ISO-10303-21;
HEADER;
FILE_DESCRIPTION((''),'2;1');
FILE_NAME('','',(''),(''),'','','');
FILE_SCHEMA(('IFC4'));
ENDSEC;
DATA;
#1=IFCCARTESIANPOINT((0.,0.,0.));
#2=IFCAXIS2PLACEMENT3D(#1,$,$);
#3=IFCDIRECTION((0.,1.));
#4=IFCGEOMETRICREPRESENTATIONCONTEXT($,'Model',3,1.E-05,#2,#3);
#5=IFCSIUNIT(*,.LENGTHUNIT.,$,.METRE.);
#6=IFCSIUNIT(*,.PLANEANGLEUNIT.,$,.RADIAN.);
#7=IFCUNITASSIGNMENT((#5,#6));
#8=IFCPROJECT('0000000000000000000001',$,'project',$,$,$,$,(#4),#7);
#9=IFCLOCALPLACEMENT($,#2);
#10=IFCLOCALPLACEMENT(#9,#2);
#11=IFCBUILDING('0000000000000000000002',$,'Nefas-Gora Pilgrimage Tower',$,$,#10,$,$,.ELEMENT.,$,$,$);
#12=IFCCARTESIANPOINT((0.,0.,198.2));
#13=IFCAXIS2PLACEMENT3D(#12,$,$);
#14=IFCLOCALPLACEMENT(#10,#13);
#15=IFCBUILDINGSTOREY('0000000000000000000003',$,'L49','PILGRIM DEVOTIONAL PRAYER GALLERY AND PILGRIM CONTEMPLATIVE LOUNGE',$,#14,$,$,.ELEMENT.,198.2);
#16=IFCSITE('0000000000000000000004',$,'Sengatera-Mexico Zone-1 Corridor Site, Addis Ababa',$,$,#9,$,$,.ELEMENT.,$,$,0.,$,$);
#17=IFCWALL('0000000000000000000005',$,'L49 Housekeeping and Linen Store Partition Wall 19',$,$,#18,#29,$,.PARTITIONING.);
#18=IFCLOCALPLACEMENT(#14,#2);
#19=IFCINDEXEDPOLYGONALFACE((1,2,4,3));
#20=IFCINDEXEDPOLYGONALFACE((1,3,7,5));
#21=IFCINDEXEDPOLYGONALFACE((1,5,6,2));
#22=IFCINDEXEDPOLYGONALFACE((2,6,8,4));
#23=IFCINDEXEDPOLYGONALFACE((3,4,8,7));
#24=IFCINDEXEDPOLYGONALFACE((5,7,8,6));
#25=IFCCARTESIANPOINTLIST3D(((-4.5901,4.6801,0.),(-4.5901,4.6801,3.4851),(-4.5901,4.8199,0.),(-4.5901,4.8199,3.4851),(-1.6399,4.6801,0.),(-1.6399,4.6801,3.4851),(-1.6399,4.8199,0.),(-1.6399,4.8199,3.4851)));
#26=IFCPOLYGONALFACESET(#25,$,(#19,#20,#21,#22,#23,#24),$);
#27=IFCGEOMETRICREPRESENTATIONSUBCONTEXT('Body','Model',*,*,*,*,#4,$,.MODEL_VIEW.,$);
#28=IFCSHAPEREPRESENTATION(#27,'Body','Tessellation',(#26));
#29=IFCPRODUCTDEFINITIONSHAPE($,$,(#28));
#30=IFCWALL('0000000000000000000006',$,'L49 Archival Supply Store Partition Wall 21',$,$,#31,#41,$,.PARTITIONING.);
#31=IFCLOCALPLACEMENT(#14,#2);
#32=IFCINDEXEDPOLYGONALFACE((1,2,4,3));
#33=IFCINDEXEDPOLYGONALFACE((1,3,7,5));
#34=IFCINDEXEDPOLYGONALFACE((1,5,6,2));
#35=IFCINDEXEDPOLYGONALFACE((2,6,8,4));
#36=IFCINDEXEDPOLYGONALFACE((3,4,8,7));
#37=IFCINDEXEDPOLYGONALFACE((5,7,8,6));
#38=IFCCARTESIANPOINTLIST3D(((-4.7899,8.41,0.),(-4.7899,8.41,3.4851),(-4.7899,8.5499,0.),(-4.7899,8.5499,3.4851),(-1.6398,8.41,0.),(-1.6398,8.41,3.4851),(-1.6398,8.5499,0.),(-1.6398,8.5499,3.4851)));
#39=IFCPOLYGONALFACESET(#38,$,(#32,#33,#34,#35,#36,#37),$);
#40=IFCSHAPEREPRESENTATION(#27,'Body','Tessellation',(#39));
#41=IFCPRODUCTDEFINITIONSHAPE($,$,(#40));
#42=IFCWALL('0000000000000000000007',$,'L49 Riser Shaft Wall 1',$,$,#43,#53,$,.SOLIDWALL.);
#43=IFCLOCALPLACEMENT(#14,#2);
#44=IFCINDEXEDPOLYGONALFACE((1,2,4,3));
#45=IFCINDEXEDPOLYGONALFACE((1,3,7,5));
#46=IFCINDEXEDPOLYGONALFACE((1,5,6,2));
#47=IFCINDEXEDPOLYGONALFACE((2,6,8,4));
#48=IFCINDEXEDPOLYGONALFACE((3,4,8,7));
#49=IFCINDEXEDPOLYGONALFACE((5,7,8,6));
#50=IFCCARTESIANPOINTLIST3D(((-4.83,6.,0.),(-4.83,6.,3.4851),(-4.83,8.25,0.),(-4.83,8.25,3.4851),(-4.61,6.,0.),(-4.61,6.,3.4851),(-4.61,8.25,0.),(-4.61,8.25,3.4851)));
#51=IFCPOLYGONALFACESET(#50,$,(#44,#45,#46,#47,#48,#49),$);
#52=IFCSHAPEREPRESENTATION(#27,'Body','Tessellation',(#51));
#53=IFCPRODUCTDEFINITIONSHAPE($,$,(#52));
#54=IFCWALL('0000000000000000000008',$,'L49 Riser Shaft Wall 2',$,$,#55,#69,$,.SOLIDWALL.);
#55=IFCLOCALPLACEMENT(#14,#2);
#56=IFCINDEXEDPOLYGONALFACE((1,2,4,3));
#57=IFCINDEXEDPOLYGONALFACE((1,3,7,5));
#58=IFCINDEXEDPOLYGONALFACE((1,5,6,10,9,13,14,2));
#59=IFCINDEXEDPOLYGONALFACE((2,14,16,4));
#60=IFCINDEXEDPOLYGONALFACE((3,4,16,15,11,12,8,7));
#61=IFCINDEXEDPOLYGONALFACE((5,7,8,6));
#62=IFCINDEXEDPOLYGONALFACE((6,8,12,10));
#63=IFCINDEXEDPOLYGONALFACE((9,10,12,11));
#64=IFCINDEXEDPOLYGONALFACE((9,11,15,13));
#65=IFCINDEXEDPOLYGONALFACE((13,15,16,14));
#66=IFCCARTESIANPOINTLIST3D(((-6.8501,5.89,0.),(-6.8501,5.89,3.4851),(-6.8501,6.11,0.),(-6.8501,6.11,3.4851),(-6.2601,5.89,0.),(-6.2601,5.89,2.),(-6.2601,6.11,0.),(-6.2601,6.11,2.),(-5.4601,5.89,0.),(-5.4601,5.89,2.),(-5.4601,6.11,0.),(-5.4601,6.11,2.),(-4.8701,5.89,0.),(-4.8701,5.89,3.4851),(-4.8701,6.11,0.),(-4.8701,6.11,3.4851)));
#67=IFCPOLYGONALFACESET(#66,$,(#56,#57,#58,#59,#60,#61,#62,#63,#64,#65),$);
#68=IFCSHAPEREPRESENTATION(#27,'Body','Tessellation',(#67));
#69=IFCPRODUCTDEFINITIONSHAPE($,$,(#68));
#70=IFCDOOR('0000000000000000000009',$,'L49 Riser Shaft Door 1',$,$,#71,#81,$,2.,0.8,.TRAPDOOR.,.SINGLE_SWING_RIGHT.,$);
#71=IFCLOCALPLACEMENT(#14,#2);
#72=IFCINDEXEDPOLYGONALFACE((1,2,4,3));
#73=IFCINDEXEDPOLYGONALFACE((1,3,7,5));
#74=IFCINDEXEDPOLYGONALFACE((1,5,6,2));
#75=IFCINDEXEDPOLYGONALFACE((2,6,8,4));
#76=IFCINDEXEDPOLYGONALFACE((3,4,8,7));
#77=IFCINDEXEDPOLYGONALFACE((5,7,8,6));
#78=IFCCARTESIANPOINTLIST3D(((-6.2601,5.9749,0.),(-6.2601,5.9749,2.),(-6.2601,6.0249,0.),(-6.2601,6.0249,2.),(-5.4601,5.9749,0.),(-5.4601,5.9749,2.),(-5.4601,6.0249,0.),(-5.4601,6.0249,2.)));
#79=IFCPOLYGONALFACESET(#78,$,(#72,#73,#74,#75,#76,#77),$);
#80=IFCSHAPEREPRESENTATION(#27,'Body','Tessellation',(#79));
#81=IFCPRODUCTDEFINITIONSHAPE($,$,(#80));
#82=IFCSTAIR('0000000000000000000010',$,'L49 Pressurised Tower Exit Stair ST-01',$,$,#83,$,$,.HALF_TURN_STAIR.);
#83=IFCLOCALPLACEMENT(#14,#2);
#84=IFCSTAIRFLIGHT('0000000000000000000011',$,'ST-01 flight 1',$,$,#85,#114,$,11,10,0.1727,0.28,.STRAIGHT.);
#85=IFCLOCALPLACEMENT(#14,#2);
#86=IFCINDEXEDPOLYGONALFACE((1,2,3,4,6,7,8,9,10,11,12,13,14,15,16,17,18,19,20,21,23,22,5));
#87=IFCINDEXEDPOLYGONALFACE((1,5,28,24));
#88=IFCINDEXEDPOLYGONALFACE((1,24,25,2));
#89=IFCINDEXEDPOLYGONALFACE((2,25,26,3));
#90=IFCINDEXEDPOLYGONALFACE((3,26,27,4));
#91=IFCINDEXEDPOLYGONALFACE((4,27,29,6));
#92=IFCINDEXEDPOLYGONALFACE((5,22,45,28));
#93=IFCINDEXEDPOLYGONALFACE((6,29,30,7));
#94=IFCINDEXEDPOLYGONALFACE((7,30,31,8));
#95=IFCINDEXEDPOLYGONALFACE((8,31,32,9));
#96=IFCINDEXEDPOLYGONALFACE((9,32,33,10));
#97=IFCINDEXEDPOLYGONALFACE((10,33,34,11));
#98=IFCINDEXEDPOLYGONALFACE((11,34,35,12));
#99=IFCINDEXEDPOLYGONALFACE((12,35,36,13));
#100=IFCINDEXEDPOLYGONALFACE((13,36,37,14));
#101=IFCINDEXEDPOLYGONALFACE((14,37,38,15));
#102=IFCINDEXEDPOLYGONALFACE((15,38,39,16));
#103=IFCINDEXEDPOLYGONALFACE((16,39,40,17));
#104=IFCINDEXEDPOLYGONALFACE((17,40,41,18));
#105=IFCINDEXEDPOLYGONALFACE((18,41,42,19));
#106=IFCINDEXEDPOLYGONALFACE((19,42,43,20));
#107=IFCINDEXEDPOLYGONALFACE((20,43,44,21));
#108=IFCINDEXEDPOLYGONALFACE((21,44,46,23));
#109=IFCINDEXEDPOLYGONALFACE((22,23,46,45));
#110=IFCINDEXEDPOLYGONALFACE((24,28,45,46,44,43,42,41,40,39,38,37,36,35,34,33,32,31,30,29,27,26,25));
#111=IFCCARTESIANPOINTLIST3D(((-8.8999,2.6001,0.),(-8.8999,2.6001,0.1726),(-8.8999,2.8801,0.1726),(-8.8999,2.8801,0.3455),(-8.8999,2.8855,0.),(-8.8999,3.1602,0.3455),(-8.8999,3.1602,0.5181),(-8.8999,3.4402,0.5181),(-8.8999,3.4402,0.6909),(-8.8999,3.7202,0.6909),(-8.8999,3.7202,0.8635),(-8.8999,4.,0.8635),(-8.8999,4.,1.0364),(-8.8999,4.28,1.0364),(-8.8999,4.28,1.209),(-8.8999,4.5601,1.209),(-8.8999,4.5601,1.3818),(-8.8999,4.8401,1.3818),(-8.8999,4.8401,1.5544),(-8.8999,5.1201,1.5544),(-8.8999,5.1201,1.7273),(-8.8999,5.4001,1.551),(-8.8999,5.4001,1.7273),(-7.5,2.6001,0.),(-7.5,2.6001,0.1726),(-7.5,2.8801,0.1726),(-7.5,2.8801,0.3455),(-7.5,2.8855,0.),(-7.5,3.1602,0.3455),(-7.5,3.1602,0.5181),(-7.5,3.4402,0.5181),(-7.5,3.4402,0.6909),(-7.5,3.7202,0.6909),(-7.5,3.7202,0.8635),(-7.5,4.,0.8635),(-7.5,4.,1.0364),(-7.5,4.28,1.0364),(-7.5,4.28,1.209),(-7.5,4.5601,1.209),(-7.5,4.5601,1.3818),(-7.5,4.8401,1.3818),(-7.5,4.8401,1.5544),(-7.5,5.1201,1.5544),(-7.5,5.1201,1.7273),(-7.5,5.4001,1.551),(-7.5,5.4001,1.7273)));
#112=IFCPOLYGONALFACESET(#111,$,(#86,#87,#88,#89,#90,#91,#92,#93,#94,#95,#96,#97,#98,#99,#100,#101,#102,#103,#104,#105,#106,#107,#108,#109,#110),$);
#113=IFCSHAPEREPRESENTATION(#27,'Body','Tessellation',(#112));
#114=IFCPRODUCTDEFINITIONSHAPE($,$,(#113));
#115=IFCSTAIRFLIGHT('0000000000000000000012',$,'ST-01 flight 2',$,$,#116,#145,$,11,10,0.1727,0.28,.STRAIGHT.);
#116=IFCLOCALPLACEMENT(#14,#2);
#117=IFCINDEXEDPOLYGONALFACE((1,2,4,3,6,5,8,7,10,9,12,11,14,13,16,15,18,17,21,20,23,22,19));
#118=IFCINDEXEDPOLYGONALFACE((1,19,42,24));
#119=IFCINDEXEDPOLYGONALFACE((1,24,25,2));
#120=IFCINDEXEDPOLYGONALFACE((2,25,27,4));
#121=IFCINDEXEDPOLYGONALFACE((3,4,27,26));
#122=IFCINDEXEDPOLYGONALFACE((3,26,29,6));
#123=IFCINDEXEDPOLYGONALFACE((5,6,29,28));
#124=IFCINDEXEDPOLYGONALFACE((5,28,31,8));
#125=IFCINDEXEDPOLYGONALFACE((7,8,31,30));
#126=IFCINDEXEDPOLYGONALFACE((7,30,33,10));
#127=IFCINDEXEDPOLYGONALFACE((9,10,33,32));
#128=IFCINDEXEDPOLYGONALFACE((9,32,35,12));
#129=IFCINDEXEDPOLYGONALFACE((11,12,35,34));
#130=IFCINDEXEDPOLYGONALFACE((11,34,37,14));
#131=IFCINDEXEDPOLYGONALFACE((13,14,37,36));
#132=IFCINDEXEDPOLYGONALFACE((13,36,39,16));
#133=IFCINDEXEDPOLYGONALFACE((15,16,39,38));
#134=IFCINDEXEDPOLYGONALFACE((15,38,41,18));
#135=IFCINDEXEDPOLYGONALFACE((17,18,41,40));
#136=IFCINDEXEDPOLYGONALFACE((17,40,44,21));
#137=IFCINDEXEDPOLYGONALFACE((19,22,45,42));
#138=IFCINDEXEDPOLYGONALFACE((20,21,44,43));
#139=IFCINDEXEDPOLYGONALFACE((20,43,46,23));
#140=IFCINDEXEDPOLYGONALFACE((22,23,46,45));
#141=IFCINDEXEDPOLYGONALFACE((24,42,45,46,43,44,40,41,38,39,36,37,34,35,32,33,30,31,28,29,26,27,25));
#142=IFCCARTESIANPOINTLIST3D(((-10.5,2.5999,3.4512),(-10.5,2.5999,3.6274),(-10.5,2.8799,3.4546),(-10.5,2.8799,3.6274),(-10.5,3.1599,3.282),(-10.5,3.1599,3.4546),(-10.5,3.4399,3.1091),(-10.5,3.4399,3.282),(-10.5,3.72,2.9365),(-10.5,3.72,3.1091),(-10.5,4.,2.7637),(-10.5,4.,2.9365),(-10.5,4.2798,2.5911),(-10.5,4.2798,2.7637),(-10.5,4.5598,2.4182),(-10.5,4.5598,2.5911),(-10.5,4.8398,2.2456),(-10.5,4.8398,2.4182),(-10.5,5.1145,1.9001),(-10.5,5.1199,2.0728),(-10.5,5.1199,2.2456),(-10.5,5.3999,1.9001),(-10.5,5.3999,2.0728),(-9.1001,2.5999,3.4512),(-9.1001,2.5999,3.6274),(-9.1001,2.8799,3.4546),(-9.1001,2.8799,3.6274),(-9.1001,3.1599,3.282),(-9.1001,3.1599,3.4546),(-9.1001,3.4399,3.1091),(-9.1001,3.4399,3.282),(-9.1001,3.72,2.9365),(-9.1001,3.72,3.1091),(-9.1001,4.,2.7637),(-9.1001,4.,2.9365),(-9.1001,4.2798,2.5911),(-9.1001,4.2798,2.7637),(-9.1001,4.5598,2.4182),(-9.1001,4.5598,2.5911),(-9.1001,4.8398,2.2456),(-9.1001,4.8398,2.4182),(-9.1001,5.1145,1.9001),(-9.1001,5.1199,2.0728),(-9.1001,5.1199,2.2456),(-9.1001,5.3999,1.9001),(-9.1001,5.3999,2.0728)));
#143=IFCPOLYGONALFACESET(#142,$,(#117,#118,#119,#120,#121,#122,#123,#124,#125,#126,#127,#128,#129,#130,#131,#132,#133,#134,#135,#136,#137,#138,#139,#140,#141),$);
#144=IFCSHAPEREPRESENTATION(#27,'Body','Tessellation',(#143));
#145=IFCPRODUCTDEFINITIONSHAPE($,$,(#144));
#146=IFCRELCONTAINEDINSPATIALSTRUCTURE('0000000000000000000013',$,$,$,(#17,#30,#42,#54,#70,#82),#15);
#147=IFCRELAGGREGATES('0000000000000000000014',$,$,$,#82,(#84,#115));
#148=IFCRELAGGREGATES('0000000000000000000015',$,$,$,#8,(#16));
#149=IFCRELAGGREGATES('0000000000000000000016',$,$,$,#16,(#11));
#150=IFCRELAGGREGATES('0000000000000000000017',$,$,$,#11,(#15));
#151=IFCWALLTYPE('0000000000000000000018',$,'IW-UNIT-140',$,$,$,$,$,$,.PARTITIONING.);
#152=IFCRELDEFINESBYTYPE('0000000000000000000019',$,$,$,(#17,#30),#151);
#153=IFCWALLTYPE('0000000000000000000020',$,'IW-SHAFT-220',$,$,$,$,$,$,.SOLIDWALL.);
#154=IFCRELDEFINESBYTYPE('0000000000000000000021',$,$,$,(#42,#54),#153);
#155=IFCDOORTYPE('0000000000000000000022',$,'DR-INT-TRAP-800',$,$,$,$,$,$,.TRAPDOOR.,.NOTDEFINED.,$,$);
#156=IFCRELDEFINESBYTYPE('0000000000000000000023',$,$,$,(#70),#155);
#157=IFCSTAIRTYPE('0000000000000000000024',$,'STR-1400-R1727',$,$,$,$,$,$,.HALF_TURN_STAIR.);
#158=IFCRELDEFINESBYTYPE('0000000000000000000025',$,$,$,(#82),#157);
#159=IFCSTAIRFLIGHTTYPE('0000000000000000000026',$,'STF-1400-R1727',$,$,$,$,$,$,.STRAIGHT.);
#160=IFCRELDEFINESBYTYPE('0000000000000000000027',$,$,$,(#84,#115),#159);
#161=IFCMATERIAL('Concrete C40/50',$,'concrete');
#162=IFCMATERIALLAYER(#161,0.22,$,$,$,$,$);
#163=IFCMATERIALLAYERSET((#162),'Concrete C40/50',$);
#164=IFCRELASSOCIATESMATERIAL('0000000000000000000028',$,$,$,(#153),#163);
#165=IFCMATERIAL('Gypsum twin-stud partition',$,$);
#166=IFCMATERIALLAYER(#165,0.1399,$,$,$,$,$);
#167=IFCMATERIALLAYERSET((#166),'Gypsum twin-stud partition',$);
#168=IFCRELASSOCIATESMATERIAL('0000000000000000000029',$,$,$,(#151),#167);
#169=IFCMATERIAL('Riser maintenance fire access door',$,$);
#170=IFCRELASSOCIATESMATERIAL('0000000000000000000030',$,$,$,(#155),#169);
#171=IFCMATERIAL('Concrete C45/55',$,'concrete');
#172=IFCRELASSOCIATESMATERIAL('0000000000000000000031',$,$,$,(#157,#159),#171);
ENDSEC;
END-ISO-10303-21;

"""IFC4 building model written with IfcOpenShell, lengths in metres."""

from ifc_helpers import new_model, si_unit, direction, frame, frame_2d, origin, place, context, subcontext, project, spatial, polyline, rectangle, outline, extrude, source, transform, mapped, material, layer, layer_set, type_object, element, fill, aggregate, save


model = new_model("IFC4")

# Units and contexts
model_context = context("Model", 3, precision=1e-05, world=origin(), true_north=direction((0.0, 1.0)))
body_context = subcontext(model_context, "Body", "Model", "MODEL_VIEW")
ifc_project = project(units=[si_unit("LENGTHUNIT", "METRE"), si_unit("PLANEANGLEUNIT", "RADIAN")], contexts=[model_context])

# Site, building, storey
site_placement = place(None, origin())
site = spatial("IfcSite", under=ifc_project, at=site_placement, Name="Sengatera-Mexico Zone-1 Corridor Site, Addis Ababa", CompositionType="ELEMENT", RefElevation=0.0)
building_placement = place(site_placement, origin())
building = spatial("IfcBuilding", under=site, at=building_placement, Name="Nefas-Gora Pilgrimage Tower", CompositionType="ELEMENT")
storey_placement = place(building_placement, frame((0.0, 0.0, 198.2)))
storey = spatial("IfcBuildingStorey", under=building, at=storey_placement, Name="L49", Description="PILGRIM DEVOTIONAL PRAYER GALLERY AND PILGRIM CONTEMPLATIVE LOUNGE", CompositionType="ELEMENT", Elevation=198.2)

# Shared definitions
ifc_material_1 = material(Name="Concrete C45/55", Category="concrete")

# Shared definitions
ifc_material_2 = material(Name="Concrete C40/50", Category="concrete")
ifc_layer_1 = layer(ifc_material_2, 0.22)
ifc_layer_set_1 = layer_set([ifc_layer_1], Name="Concrete C40/50")
wall_type_1 = type_object("IfcWallType", Name="IW-SHAFT-220", PredefinedType="SOLIDWALL", material=ifc_layer_set_1)

# Walls
ifc_material_3 = material(Name="Gypsum twin-stud partition")
ifc_layer_2 = layer(ifc_material_3, 0.1399)
ifc_layer_set_2 = layer_set([ifc_layer_2], Name="Gypsum twin-stud partition")
wall_type_2 = type_object("IfcWallType", Name="IW-UNIT-140", PredefinedType="PARTITIONING", material=ifc_layer_set_2)
shared_shape_1 = source(origin(), body_context, "Body", "SweptSolid", [
    extrude(rectangle(XDim=2.9502, YDim=0.1399, at=frame_2d((1.4751, 0.0))), origin(), (0.0, 0.0, 1.0), 3.4851),
])
wall_1_placement = place(storey_placement, frame((-4.5901, 4.75, 0.0), z_axis=(0.0, 0.0, 1.0), x_axis=(1.0, 0.0, 0.0)))
element("IfcWall", 1, at=wall_1_placement, inside=storey, type_object=wall_type_2, Name="L49 Housekeeping and Linen Store Partition Wall 19", PredefinedType="PARTITIONING", context=body_context, shape_type="MappedRepresentation", body=[
    mapped(shared_shape_1, transform((0.0, 0.0, 0.0), x_axis=(1.0, 0.0, 0.0), y_axis=(0.0, 1.0, 0.0), z_axis=(0.0, 0.0, 1.0), scale=1.0)),
])
shared_shape_2 = source(origin(), body_context, "Body", "SweptSolid", [
    extrude(rectangle(XDim=3.1501, YDim=0.1399, at=frame_2d((1.5752, 0.0))), origin(), (0.0, 0.0, 1.0), 3.4851),
])
wall_2_placement = place(storey_placement, frame((-4.79, 8.48, 0.0), z_axis=(0.0, 0.0, 1.0), x_axis=(1.0, 0.0, 0.0)))
element("IfcWall", 2, at=wall_2_placement, inside=storey, type_object=wall_type_2, Name="L49 Archival Supply Store Partition Wall 21", PredefinedType="PARTITIONING", context=body_context, shape_type="MappedRepresentation", body=[
    mapped(shared_shape_2, transform((0.0, 0.0, 0.0), x_axis=(1.0, 0.0, 0.0), y_axis=(0.0, 1.0, 0.0), z_axis=(0.0, 0.0, 1.0), scale=1.0)),
])
shared_shape_3 = source(origin(), body_context, "Body", "SweptSolid", [
    extrude(rectangle(XDim=2.25, YDim=0.22, at=frame_2d((1.125, 0.0))), origin(), (0.0, 0.0, 1.0), 3.4851),
])
wall_3_placement = place(storey_placement, frame((-4.72, 6.0, 0.0), z_axis=(0.0, 0.0, 1.0), x_axis=(0.0, 1.0, 0.0)))
element("IfcWall", 3, at=wall_3_placement, inside=storey, type_object=wall_type_1, Name="L49 Riser Shaft Wall 1", PredefinedType="SOLIDWALL", context=body_context, shape_type="MappedRepresentation", body=[
    mapped(shared_shape_3, transform((0.0, 0.0, 0.0), x_axis=(1.0, 0.0, 0.0), y_axis=(0.0, 1.0, 0.0), z_axis=(0.0, 0.0, 1.0), scale=1.0)),
])

# Wall, opening, door
shared_shape_4 = source(origin(), body_context, "Body", "SweptSolid", [
    extrude(rectangle(XDim=1.98, YDim=0.22, at=frame_2d((0.99, 0.0))), origin(), (0.0, 0.0, 1.0), 3.4851),
])
wall_4_placement = place(storey_placement, frame((-6.8501, 6.0, 0.0), z_axis=(0.0, 0.0, 1.0), x_axis=(1.0, 0.0, 0.0)))
wall_4 = element("IfcWall", 4, at=wall_4_placement, inside=storey, type_object=wall_type_1, Name="L49 Riser Shaft Wall 2", PredefinedType="SOLIDWALL", context=body_context, shape_type="MappedRepresentation", body=[
    mapped(shared_shape_4, transform((0.0, 0.0, 0.0), x_axis=(1.0, 0.0, 0.0), y_axis=(0.0, 1.0, 0.0), z_axis=(0.0, 0.0, 1.0), scale=1.0)),
])
opening_1_placement = place(wall_4_placement, frame((0.5901, 0.0, 0.0)))
opening_1 = element("IfcOpeningElement", 5, at=opening_1_placement, cuts=wall_4, PredefinedType="OPENING", context=body_context, shape_type="SweptSolid", body=[
    extrude(rectangle(XDim=0.8, YDim=2.0, at=frame_2d((0.3999, 1.0))), frame((0.0, 0.1199, 0.0), z_axis=(0.0, -1.0, 0.0), x_axis=(1.0, 0.0, 0.0)), (0.0, 0.0, 1.0), 0.24),
])
ifc_material_4 = material(Name="Riser maintenance fire access door")
door_type_1 = type_object("IfcDoorType", Name="DR-INT-TRAP-800", OperationType="NOTDEFINED", PredefinedType="TRAPDOOR", material=ifc_material_4)
shared_shape_5 = source(origin(), body_context, "Body", "SweptSolid", [
    extrude(rectangle(XDim=0.8, YDim=2.0, at=frame_2d((0.3999, 1.0))), frame((0.0, 0.0249, 0.0), z_axis=(0.0, -1.0, 0.0), x_axis=(1.0, 0.0, 0.0)), (0.0, 0.0, 1.0), 0.05),
])
door_1_placement = place(opening_1_placement, origin())
door_1 = element("IfcDoor", 6, at=door_1_placement, inside=storey, type_object=door_type_1, Name="L49 Riser Shaft Door 1", OperationType="SINGLE_SWING_RIGHT", OverallHeight=2.0, OverallWidth=0.8, PredefinedType="TRAPDOOR", context=body_context, shape_type="MappedRepresentation", body=[
    mapped(shared_shape_5, transform((0.0, 0.0, 0.0), x_axis=(1.0, 0.0, 0.0), y_axis=(0.0, 1.0, 0.0), z_axis=(0.0, 0.0, 1.0), scale=1.0)),
])
fill(opening_1, door_1)

# Stair, stair flights
stair_type = type_object("IfcStairType", Name="STR-1400-R1727", PredefinedType="HALF_TURN_STAIR", material=ifc_material_1)
stair_placement = place(storey_placement, origin())
stair = element("IfcStair", 7, at=stair_placement, inside=storey, type_object=stair_type, Name="L49 Pressurised Tower Exit Stair ST-01", PredefinedType="HALF_TURN_STAIR")
stair_flight_type = type_object("IfcStairFlightType", Name="STF-1400-R1727", PredefinedType="STRAIGHT", material=ifc_material_1)
shared_shape_6 = source(origin(), body_context, "Body", "SweptSolid", [
    extrude(outline(polyline([(0.0, 0.0), (0.0, 0.1726), (0.28, 0.1726), (0.28, 0.3455), (0.5601, 0.3455), (0.5601, 0.5181), (0.8401, 0.5181), (0.8401, 0.6909), (1.1201, 0.6909), (1.1201, 0.8635), (1.3999, 0.8635), (1.3999, 1.0364), (1.6799, 1.0364), (1.6799, 1.209), (1.96, 1.209), (1.96, 1.3818), (2.24, 1.3818), (2.24, 1.5544), (2.52, 1.5544), (2.52, 1.7273), (2.8, 1.7273), (2.8, 1.8999), (2.8, 1.551), (0.2854, 0.0), (0.0, 0.0)])), frame((0.0, 0.7, 0.0), z_axis=(0.0, -1.0, 0.0), x_axis=(1.0, 0.0, 0.0)), (0.0, 0.0, 1.0), 1.3999),
])
stair_flight_1_placement = place(storey_placement, frame((-8.2, 2.6001, 0.0), z_axis=(0.0, 0.0, 1.0), x_axis=(0.0, 1.0, 0.0)))
stair_flight_1 = element("IfcStairFlight", 8, at=stair_flight_1_placement, type_object=stair_flight_type, Name="ST-01 flight 1", NumberOfRisers=11, NumberOfTreads=10, PredefinedType="STRAIGHT", RiserHeight=0.1727, TreadLength=0.28, context=body_context, shape_type="MappedRepresentation", body=[
    mapped(shared_shape_6, transform((0.0, 0.0, 0.0), x_axis=(1.0, 0.0, 0.0), y_axis=(0.0, 1.0, 0.0), z_axis=(0.0, 0.0, 1.0), scale=1.0)),
])
stair_flight_2_placement = place(storey_placement, frame((-9.8, 5.3999, 1.9001), z_axis=(0.0, 0.0, 1.0), x_axis=(0.0, -1.0, 0.0)))
stair_flight_2 = element("IfcStairFlight", 9, at=stair_flight_2_placement, type_object=stair_flight_type, Name="ST-01 flight 2", NumberOfRisers=11, NumberOfTreads=10, PredefinedType="STRAIGHT", RiserHeight=0.1727, TreadLength=0.28, context=body_context, shape_type="MappedRepresentation", body=[
    mapped(shared_shape_6, transform((0.0, 0.0, 0.0), x_axis=(1.0, 0.0, 0.0), y_axis=(0.0, 1.0, 0.0), z_axis=(0.0, 0.0, 1.0), scale=1.0)),
])
aggregate(stair, [stair_flight_1, stair_flight_2])

save(model, "model.ifc")
